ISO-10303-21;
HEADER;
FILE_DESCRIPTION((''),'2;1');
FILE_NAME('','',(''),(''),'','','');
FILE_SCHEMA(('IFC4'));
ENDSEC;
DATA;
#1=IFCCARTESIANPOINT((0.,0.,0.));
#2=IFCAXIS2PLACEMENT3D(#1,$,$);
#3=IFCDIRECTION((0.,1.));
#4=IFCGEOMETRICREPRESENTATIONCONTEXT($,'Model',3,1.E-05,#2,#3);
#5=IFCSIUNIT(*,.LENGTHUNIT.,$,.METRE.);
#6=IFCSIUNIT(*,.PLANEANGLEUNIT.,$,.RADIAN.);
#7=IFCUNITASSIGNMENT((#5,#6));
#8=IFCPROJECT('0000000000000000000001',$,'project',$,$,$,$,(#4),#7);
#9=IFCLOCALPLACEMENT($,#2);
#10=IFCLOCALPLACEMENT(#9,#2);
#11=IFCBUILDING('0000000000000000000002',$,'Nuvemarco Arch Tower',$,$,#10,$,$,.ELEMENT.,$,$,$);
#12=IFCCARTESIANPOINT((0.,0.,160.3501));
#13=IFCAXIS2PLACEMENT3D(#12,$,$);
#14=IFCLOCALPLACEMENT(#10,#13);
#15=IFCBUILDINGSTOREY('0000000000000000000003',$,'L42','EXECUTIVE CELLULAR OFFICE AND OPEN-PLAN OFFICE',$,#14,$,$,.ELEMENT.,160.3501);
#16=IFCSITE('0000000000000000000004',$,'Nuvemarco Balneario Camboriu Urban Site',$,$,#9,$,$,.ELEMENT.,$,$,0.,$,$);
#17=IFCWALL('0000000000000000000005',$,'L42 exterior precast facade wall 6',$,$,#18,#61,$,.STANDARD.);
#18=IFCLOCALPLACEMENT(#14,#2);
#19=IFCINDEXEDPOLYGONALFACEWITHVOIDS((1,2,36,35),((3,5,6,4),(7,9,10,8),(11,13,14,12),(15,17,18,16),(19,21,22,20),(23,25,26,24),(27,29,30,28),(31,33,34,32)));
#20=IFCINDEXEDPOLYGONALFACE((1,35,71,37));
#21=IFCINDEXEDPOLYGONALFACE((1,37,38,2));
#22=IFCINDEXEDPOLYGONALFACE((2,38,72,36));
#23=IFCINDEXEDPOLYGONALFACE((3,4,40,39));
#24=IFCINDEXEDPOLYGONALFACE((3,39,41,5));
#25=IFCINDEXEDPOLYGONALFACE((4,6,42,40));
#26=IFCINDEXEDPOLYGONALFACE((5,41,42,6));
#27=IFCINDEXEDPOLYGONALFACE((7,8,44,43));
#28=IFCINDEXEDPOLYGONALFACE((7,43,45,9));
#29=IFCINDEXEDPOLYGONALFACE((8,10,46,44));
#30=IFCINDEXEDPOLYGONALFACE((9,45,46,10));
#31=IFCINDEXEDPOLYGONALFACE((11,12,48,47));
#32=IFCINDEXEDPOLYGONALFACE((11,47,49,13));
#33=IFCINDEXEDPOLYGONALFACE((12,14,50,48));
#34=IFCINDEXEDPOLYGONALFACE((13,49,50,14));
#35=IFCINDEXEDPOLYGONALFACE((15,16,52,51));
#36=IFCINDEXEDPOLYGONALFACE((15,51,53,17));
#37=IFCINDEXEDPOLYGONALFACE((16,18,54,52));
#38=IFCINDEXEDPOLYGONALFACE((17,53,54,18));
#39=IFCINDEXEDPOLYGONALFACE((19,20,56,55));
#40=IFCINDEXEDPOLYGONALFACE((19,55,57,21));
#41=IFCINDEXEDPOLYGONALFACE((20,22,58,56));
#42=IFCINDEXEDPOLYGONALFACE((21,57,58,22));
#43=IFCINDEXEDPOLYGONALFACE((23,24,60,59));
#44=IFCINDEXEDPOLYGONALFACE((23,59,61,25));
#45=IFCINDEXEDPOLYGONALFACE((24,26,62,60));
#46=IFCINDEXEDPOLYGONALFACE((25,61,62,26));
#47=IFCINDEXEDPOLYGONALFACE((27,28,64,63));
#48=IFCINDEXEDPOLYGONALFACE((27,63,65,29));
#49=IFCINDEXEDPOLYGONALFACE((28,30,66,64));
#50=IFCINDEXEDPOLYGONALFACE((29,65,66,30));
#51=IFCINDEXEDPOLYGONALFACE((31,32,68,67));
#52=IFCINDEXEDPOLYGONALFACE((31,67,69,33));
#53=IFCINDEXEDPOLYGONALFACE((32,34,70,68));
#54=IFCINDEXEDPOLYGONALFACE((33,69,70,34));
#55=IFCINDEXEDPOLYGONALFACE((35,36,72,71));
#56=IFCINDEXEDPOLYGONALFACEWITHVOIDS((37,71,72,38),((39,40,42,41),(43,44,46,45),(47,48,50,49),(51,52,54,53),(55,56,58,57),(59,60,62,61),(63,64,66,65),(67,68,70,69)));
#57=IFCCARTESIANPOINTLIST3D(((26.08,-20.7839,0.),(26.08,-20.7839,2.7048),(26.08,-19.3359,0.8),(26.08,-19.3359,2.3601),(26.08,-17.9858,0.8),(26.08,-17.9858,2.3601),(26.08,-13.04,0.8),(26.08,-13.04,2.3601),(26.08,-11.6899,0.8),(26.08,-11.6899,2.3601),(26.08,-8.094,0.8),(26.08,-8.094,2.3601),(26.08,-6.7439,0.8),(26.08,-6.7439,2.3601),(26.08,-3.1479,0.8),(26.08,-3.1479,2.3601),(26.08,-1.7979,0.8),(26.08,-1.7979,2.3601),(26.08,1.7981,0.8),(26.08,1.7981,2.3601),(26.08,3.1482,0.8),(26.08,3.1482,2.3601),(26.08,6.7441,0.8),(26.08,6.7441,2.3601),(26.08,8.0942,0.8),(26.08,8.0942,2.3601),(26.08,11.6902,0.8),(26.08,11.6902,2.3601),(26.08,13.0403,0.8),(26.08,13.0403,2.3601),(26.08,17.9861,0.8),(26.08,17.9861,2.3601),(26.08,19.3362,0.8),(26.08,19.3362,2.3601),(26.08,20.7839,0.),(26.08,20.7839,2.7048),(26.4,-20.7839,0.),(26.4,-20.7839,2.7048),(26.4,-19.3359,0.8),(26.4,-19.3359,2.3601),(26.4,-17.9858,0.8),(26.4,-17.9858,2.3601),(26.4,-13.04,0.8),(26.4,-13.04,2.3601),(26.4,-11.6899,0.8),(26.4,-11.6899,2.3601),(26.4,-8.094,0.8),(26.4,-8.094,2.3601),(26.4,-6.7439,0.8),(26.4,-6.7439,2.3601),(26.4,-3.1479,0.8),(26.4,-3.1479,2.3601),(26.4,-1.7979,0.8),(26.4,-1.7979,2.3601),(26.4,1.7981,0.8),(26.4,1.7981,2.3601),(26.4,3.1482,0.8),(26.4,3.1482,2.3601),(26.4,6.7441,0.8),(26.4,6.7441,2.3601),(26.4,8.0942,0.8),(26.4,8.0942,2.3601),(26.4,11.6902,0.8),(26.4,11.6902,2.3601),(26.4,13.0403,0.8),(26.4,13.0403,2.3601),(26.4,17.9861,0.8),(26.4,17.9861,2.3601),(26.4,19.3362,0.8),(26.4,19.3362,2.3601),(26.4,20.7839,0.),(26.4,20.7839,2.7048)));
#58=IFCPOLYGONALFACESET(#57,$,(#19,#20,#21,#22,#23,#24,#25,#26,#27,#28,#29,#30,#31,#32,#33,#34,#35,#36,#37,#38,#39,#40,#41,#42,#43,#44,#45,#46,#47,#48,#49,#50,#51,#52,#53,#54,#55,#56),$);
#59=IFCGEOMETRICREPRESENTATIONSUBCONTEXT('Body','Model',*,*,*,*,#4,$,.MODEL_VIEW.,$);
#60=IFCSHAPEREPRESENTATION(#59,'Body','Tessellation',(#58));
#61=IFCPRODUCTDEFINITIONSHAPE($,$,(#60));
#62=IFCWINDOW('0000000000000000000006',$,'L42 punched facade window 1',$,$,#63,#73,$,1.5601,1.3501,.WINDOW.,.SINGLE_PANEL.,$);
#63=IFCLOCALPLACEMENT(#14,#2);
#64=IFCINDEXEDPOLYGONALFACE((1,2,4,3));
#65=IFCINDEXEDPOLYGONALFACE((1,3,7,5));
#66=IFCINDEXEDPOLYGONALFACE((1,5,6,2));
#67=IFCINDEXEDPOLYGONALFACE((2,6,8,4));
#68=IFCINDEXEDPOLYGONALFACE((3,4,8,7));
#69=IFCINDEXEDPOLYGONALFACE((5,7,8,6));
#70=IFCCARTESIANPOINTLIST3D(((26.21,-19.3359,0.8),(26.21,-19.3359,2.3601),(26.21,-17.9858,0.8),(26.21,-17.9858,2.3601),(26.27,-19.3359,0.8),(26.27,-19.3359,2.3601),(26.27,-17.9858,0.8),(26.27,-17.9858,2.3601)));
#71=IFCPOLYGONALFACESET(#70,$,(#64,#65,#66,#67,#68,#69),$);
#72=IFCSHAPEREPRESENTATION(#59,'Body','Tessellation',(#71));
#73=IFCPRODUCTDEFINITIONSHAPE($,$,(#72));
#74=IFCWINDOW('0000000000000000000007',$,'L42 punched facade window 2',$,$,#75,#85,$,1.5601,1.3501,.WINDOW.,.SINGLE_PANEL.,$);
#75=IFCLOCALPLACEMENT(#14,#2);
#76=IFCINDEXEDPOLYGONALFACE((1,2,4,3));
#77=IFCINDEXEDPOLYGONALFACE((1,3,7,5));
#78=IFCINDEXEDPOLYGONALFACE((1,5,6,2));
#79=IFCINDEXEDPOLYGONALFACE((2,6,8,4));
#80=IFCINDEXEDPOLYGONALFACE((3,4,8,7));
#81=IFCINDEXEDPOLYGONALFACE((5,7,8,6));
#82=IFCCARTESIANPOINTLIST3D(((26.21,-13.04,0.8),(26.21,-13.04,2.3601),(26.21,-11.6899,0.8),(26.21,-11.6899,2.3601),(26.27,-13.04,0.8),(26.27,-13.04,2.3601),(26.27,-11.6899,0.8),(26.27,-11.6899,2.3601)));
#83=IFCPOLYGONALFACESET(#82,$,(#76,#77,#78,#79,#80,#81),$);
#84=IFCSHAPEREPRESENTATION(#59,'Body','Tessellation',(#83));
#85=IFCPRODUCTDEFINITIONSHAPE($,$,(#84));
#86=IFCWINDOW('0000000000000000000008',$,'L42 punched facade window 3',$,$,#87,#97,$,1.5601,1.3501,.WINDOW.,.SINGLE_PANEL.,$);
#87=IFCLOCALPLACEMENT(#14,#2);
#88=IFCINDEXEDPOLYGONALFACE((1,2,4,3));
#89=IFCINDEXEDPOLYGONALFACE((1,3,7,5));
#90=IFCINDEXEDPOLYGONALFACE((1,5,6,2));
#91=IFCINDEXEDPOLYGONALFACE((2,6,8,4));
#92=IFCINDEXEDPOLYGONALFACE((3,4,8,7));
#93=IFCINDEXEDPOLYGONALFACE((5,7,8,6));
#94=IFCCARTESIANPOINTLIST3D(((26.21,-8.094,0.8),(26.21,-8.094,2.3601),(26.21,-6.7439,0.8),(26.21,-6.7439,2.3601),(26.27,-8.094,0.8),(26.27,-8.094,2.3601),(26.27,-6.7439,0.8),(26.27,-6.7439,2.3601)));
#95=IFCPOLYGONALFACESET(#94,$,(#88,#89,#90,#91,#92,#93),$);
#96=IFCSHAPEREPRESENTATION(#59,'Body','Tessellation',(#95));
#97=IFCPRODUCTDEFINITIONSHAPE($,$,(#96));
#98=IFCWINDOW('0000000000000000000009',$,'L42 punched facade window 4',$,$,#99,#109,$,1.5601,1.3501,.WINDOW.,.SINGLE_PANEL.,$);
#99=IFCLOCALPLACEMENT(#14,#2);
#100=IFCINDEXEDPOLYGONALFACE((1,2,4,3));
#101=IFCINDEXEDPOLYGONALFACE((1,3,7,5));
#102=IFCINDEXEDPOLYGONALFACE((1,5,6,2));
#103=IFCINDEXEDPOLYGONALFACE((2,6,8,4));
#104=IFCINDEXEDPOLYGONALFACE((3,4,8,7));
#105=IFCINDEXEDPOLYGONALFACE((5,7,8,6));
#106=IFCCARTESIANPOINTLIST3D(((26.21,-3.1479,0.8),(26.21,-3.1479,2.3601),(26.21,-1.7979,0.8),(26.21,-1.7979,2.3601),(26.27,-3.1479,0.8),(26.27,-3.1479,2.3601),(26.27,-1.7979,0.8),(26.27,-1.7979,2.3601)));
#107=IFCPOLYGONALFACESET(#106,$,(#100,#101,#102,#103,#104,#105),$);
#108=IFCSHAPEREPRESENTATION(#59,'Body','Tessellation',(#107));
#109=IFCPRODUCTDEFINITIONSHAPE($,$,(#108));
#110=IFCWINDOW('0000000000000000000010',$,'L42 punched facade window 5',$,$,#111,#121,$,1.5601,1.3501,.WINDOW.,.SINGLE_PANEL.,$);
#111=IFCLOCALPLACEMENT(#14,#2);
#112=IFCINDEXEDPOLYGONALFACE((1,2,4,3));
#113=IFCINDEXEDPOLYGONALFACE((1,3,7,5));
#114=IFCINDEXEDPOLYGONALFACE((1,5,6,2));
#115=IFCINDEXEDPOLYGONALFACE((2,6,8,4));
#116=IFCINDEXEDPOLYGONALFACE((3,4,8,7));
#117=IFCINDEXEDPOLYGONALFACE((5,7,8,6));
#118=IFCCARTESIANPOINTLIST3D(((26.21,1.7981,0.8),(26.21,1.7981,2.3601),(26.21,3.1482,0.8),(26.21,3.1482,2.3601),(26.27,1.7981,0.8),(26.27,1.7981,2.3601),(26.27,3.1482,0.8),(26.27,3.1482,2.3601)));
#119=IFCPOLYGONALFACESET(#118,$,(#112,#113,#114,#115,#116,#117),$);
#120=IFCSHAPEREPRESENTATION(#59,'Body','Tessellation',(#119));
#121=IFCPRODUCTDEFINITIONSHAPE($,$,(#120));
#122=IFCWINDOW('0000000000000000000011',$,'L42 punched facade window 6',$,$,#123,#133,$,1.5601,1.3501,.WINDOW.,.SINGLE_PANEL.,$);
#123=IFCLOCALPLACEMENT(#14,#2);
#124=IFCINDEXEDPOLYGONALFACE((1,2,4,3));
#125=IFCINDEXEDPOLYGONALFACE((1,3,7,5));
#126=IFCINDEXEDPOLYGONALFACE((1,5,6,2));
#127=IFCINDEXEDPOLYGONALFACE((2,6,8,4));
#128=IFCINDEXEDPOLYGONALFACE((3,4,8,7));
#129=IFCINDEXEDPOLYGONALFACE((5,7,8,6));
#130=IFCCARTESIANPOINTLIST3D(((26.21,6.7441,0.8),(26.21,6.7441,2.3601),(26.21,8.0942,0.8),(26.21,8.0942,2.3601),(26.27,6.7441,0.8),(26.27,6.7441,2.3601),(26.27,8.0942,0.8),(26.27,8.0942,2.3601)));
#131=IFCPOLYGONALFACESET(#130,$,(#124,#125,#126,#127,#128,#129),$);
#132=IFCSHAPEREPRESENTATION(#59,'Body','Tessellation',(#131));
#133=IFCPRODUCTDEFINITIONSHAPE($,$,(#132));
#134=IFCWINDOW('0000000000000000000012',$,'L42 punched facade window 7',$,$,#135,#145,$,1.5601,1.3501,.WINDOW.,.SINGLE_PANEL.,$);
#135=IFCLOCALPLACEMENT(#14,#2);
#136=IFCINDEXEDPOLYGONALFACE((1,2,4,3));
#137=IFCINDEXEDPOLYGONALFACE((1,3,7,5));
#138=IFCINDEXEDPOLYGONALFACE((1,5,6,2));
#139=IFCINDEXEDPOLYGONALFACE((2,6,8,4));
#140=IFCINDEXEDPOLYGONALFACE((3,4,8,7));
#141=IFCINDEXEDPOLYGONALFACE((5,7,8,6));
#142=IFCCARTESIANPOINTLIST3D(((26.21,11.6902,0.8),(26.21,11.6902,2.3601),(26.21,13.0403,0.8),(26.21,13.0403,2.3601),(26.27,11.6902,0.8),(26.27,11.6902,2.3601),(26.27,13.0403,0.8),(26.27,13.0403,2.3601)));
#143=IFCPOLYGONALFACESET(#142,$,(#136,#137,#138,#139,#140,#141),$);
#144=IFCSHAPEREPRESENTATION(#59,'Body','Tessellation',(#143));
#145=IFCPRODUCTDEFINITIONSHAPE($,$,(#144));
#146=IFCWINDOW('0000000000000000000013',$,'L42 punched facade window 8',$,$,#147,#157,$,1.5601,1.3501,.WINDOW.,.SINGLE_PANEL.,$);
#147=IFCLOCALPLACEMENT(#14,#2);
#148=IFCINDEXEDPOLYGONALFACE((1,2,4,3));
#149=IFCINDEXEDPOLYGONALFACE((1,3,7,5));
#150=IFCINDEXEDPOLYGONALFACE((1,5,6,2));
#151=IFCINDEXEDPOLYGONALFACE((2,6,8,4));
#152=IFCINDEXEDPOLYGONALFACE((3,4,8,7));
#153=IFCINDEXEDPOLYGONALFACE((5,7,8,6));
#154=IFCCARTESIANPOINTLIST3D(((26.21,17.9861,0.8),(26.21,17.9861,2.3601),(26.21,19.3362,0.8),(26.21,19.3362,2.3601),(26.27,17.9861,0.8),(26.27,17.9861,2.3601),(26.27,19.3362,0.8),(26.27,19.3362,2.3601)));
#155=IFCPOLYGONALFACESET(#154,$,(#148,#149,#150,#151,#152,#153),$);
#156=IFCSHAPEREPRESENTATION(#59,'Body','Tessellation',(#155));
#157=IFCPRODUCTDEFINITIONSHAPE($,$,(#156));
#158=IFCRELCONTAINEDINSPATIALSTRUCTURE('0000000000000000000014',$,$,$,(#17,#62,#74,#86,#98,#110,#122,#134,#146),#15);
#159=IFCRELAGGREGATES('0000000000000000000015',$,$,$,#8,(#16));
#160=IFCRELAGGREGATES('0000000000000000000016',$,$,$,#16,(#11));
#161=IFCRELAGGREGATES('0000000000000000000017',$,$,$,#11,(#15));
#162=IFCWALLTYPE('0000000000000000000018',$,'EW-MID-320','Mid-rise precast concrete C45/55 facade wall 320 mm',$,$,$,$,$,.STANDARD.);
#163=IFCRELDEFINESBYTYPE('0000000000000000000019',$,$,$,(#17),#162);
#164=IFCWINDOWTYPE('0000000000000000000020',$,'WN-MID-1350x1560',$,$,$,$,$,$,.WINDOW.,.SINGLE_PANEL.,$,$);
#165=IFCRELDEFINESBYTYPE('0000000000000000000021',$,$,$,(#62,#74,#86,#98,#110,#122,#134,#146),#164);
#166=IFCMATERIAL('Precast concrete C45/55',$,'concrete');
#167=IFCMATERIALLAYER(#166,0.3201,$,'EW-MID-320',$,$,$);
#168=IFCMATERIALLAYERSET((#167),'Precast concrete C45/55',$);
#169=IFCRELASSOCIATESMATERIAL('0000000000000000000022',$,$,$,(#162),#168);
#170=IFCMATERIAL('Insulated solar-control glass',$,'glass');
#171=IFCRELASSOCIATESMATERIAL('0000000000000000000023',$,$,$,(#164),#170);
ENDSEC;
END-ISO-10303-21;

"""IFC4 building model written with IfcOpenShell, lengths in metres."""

from ifc_helpers import new_model, si_unit, direction, frame, frame_2d, origin, place, context, subcontext, project, spatial, rectangle, extrude, source, transform, mapped, material, layer, layer_set, type_object, type_shapes, element, fill, save


model = new_model("IFC4")

# Units and contexts
model_context = context("Model", 3, precision=1e-05, world=origin(), true_north=direction((0.0, 1.0)))
body_context = subcontext(model_context, "Body", "Model", "MODEL_VIEW")
ifc_project = project(units=[si_unit("LENGTHUNIT", "METRE"), si_unit("PLANEANGLEUNIT", "RADIAN")], contexts=[model_context])

# Site, building, storey
site_placement = place(None, origin())
site = spatial("IfcSite", under=ifc_project, at=site_placement, Name="Nuvemarco Balneario Camboriu Urban Site", CompositionType="ELEMENT", RefElevation=0.0)
building_placement = place(site_placement, origin())
building = spatial("IfcBuilding", under=site, at=building_placement, Name="Nuvemarco Arch Tower", CompositionType="ELEMENT")
storey_placement = place(building_placement, frame((0.0, 0.0, 160.3501)))
storey = spatial("IfcBuildingStorey", under=building, at=storey_placement, Name="L42", Description="EXECUTIVE CELLULAR OFFICE AND OPEN-PLAN OFFICE", CompositionType="ELEMENT", Elevation=160.3501)

# Shared definitions
ifc_material_1 = material(Name="Precast concrete C45/55", Category="concrete")

# Shared definitions
ifc_layer_1 = layer(ifc_material_1, 0.3201, Name="EW-MID-320")
ifc_layer_set_1 = layer_set([ifc_layer_1], Name="Precast concrete C45/55")
wall_type_1 = type_object("IfcWallType", Name="EW-MID-320", Description="Mid-rise precast concrete C45/55 facade wall 320 mm", PredefinedType="STANDARD", material=ifc_layer_set_1)

# Wall, openings, windows
wall_1_placement = place(storey_placement, frame((26.24, -20.7839, 0.0), z_axis=(0.0, 0.0, 1.0), x_axis=(0.0, 1.0, 0.0)))
wall_1 = element("IfcWall", 1, at=wall_1_placement, inside=storey, type_object=wall_type_1, Name="L42 exterior precast facade wall 6", PredefinedType="STANDARD", context=body_context, shape_type="SweptSolid", body=[
    extrude(rectangle(XDim=41.5679, YDim=0.3201, at=frame_2d((20.7839, 0.0))), origin(), (0.0, 0.0, 1.0), 2.7048),
])
opening_1_placement = place(wall_1_placement, frame((1.448, 0.0, 0.8)))
opening_1 = element("IfcOpeningElement", 2, at=opening_1_placement, cuts=wall_1, PredefinedType="OPENING", context=body_context, shape_type="SweptSolid", body=[
    extrude(rectangle(XDim=1.3501, YDim=1.5601, at=frame_2d((0.675, 0.78))), frame((0.0, 0.1699, 0.0), z_axis=(0.0, -1.0, 0.0), x_axis=(1.0, 0.0, 0.0)), (0.0, 0.0, 1.0), 0.3401),
])
opening_2_placement = place(wall_1_placement, frame((7.7439, 0.0, 0.8)))
opening_2 = element("IfcOpeningElement", 3, at=opening_2_placement, cuts=wall_1, PredefinedType="OPENING", context=body_context, shape_type="SweptSolid", body=[
    extrude(rectangle(XDim=1.3501, YDim=1.5601, at=frame_2d((0.675, 0.78))), frame((0.0, 0.1699, 0.0), z_axis=(0.0, -1.0, 0.0), x_axis=(1.0, 0.0, 0.0)), (0.0, 0.0, 1.0), 0.3401),
])
opening_3_placement = place(wall_1_placement, frame((12.6899, 0.0, 0.8)))
opening_3 = element("IfcOpeningElement", 4, at=opening_3_placement, cuts=wall_1, PredefinedType="OPENING", context=body_context, shape_type="SweptSolid", body=[
    extrude(rectangle(XDim=1.3501, YDim=1.5601, at=frame_2d((0.675, 0.78))), frame((0.0, 0.1699, 0.0), z_axis=(0.0, -1.0, 0.0), x_axis=(1.0, 0.0, 0.0)), (0.0, 0.0, 1.0), 0.3401),
])
opening_4_placement = place(wall_1_placement, frame((17.636, 0.0, 0.8)))
opening_4 = element("IfcOpeningElement", 5, at=opening_4_placement, cuts=wall_1, PredefinedType="OPENING", context=body_context, shape_type="SweptSolid", body=[
    extrude(rectangle(XDim=1.3501, YDim=1.5601, at=frame_2d((0.675, 0.78))), frame((0.0, 0.1699, 0.0), z_axis=(0.0, -1.0, 0.0), x_axis=(1.0, 0.0, 0.0)), (0.0, 0.0, 1.0), 0.3401),
])
opening_5_placement = place(wall_1_placement, frame((22.582, 0.0, 0.8)))
opening_5 = element("IfcOpeningElement", 6, at=opening_5_placement, cuts=wall_1, PredefinedType="OPENING", context=body_context, shape_type="SweptSolid", body=[
    extrude(rectangle(XDim=1.3501, YDim=1.5601, at=frame_2d((0.675, 0.78))), frame((0.0, 0.1699, 0.0), z_axis=(0.0, -1.0, 0.0), x_axis=(1.0, 0.0, 0.0)), (0.0, 0.0, 1.0), 0.3401),
])
opening_6_placement = place(wall_1_placement, frame((27.5281, 0.0, 0.8)))
opening_6 = element("IfcOpeningElement", 7, at=opening_6_placement, cuts=wall_1, PredefinedType="OPENING", context=body_context, shape_type="SweptSolid", body=[
    extrude(rectangle(XDim=1.3501, YDim=1.5601, at=frame_2d((0.675, 0.78))), frame((0.0, 0.1699, 0.0), z_axis=(0.0, -1.0, 0.0), x_axis=(1.0, 0.0, 0.0)), (0.0, 0.0, 1.0), 0.3401),
])
opening_7_placement = place(wall_1_placement, frame((32.4741, 0.0, 0.8)))
opening_7 = element("IfcOpeningElement", 8, at=opening_7_placement, cuts=wall_1, PredefinedType="OPENING", context=body_context, shape_type="SweptSolid", body=[
    extrude(rectangle(XDim=1.3501, YDim=1.5601, at=frame_2d((0.675, 0.78))), frame((0.0, 0.1699, 0.0), z_axis=(0.0, -1.0, 0.0), x_axis=(1.0, 0.0, 0.0)), (0.0, 0.0, 1.0), 0.3401),
])
opening_8_placement = place(wall_1_placement, frame((38.77, 0.0, 0.8)))
opening_8 = element("IfcOpeningElement", 9, at=opening_8_placement, cuts=wall_1, PredefinedType="OPENING", context=body_context, shape_type="SweptSolid", body=[
    extrude(rectangle(XDim=1.3501, YDim=1.5601, at=frame_2d((0.675, 0.78))), frame((0.0, 0.1699, 0.0), z_axis=(0.0, -1.0, 0.0), x_axis=(1.0, 0.0, 0.0)), (0.0, 0.0, 1.0), 0.3401),
])
ifc_material_2 = material(Name="Insulated solar-control glass", Category="glass")
window_type = type_object("IfcWindowType", Name="WN-MID-1350x1560", PartitioningType="SINGLE_PANEL", PredefinedType="WINDOW", material=ifc_material_2)
shared_shape_1 = source(origin(), body_context, "Body", "SweptSolid", [
    extrude(rectangle(XDim=1.3501, YDim=1.5601, at=frame_2d((0.675, 0.78))), frame((0.0, 0.03, 0.0), z_axis=(0.0, -1.0, 0.0), x_axis=(1.0, 0.0, 0.0)), (0.0, 0.0, 1.0), 0.0601),
])
type_shapes(window_type, [shared_shape_1])
window_1_placement = place(opening_1_placement, origin())
window_1 = element("IfcWindow", 10, at=window_1_placement, inside=storey, type_object=window_type, Name="L42 punched facade window 1", OverallHeight=1.5601, OverallWidth=1.3501, PartitioningType="SINGLE_PANEL", PredefinedType="WINDOW", context=body_context, shape_type="MappedRepresentation", body=[
    mapped(shared_shape_1, transform((0.0, 0.0, 0.0), scale=1.0)),
])
fill(opening_1, window_1)
window_2_placement = place(opening_2_placement, origin())
window_2 = element("IfcWindow", 11, at=window_2_placement, inside=storey, type_object=window_type, Name="L42 punched facade window 2", OverallHeight=1.5601, OverallWidth=1.3501, PartitioningType="SINGLE_PANEL", PredefinedType="WINDOW", context=body_context, shape_type="MappedRepresentation", body=[
    mapped(shared_shape_1, transform((0.0, 0.0, 0.0), scale=1.0)),
])
fill(opening_2, window_2)
window_3_placement = place(opening_3_placement, origin())
window_3 = element("IfcWindow", 12, at=window_3_placement, inside=storey, type_object=window_type, Name="L42 punched facade window 3", OverallHeight=1.5601, OverallWidth=1.3501, PartitioningType="SINGLE_PANEL", PredefinedType="WINDOW", context=body_context, shape_type="MappedRepresentation", body=[
    mapped(shared_shape_1, transform((0.0, 0.0, 0.0), scale=1.0)),
])
fill(opening_3, window_3)
window_4_placement = place(opening_4_placement, origin())
window_4 = element("IfcWindow", 13, at=window_4_placement, inside=storey, type_object=window_type, Name="L42 punched facade window 4", OverallHeight=1.5601, OverallWidth=1.3501, PartitioningType="SINGLE_PANEL", PredefinedType="WINDOW", context=body_context, shape_type="MappedRepresentation", body=[
    mapped(shared_shape_1, transform((0.0, 0.0, 0.0), scale=1.0)),
])
fill(opening_4, window_4)
window_5_placement = place(opening_5_placement, origin())
window_5 = element("IfcWindow", 14, at=window_5_placement, inside=storey, type_object=window_type, Name="L42 punched facade window 5", OverallHeight=1.5601, OverallWidth=1.3501, PartitioningType="SINGLE_PANEL", PredefinedType="WINDOW", context=body_context, shape_type="MappedRepresentation", body=[
    mapped(shared_shape_1, transform((0.0, 0.0, 0.0), scale=1.0)),
])
fill(opening_5, window_5)
window_6_placement = place(opening_6_placement, origin())
window_6 = element("IfcWindow", 15, at=window_6_placement, inside=storey, type_object=window_type, Name="L42 punched facade window 6", OverallHeight=1.5601, OverallWidth=1.3501, PartitioningType="SINGLE_PANEL", PredefinedType="WINDOW", context=body_context, shape_type="MappedRepresentation", body=[
    mapped(shared_shape_1, transform((0.0, 0.0, 0.0), scale=1.0)),
])
fill(opening_6, window_6)
window_7_placement = place(opening_7_placement, origin())
window_7 = element("IfcWindow", 16, at=window_7_placement, inside=storey, type_object=window_type, Name="L42 punched facade window 7", OverallHeight=1.5601, OverallWidth=1.3501, PartitioningType="SINGLE_PANEL", PredefinedType="WINDOW", context=body_context, shape_type="MappedRepresentation", body=[
    mapped(shared_shape_1, transform((0.0, 0.0, 0.0), scale=1.0)),
])
fill(opening_7, window_7)
window_8_placement = place(opening_8_placement, origin())
window_8 = element("IfcWindow", 17, at=window_8_placement, inside=storey, type_object=window_type, Name="L42 punched facade window 8", OverallHeight=1.5601, OverallWidth=1.3501, PartitioningType="SINGLE_PANEL", PredefinedType="WINDOW", context=body_context, shape_type="MappedRepresentation", body=[
    mapped(shared_shape_1, transform((0.0, 0.0, 0.0), scale=1.0)),
])
fill(opening_8, window_8)

save(model, "model.ifc")
